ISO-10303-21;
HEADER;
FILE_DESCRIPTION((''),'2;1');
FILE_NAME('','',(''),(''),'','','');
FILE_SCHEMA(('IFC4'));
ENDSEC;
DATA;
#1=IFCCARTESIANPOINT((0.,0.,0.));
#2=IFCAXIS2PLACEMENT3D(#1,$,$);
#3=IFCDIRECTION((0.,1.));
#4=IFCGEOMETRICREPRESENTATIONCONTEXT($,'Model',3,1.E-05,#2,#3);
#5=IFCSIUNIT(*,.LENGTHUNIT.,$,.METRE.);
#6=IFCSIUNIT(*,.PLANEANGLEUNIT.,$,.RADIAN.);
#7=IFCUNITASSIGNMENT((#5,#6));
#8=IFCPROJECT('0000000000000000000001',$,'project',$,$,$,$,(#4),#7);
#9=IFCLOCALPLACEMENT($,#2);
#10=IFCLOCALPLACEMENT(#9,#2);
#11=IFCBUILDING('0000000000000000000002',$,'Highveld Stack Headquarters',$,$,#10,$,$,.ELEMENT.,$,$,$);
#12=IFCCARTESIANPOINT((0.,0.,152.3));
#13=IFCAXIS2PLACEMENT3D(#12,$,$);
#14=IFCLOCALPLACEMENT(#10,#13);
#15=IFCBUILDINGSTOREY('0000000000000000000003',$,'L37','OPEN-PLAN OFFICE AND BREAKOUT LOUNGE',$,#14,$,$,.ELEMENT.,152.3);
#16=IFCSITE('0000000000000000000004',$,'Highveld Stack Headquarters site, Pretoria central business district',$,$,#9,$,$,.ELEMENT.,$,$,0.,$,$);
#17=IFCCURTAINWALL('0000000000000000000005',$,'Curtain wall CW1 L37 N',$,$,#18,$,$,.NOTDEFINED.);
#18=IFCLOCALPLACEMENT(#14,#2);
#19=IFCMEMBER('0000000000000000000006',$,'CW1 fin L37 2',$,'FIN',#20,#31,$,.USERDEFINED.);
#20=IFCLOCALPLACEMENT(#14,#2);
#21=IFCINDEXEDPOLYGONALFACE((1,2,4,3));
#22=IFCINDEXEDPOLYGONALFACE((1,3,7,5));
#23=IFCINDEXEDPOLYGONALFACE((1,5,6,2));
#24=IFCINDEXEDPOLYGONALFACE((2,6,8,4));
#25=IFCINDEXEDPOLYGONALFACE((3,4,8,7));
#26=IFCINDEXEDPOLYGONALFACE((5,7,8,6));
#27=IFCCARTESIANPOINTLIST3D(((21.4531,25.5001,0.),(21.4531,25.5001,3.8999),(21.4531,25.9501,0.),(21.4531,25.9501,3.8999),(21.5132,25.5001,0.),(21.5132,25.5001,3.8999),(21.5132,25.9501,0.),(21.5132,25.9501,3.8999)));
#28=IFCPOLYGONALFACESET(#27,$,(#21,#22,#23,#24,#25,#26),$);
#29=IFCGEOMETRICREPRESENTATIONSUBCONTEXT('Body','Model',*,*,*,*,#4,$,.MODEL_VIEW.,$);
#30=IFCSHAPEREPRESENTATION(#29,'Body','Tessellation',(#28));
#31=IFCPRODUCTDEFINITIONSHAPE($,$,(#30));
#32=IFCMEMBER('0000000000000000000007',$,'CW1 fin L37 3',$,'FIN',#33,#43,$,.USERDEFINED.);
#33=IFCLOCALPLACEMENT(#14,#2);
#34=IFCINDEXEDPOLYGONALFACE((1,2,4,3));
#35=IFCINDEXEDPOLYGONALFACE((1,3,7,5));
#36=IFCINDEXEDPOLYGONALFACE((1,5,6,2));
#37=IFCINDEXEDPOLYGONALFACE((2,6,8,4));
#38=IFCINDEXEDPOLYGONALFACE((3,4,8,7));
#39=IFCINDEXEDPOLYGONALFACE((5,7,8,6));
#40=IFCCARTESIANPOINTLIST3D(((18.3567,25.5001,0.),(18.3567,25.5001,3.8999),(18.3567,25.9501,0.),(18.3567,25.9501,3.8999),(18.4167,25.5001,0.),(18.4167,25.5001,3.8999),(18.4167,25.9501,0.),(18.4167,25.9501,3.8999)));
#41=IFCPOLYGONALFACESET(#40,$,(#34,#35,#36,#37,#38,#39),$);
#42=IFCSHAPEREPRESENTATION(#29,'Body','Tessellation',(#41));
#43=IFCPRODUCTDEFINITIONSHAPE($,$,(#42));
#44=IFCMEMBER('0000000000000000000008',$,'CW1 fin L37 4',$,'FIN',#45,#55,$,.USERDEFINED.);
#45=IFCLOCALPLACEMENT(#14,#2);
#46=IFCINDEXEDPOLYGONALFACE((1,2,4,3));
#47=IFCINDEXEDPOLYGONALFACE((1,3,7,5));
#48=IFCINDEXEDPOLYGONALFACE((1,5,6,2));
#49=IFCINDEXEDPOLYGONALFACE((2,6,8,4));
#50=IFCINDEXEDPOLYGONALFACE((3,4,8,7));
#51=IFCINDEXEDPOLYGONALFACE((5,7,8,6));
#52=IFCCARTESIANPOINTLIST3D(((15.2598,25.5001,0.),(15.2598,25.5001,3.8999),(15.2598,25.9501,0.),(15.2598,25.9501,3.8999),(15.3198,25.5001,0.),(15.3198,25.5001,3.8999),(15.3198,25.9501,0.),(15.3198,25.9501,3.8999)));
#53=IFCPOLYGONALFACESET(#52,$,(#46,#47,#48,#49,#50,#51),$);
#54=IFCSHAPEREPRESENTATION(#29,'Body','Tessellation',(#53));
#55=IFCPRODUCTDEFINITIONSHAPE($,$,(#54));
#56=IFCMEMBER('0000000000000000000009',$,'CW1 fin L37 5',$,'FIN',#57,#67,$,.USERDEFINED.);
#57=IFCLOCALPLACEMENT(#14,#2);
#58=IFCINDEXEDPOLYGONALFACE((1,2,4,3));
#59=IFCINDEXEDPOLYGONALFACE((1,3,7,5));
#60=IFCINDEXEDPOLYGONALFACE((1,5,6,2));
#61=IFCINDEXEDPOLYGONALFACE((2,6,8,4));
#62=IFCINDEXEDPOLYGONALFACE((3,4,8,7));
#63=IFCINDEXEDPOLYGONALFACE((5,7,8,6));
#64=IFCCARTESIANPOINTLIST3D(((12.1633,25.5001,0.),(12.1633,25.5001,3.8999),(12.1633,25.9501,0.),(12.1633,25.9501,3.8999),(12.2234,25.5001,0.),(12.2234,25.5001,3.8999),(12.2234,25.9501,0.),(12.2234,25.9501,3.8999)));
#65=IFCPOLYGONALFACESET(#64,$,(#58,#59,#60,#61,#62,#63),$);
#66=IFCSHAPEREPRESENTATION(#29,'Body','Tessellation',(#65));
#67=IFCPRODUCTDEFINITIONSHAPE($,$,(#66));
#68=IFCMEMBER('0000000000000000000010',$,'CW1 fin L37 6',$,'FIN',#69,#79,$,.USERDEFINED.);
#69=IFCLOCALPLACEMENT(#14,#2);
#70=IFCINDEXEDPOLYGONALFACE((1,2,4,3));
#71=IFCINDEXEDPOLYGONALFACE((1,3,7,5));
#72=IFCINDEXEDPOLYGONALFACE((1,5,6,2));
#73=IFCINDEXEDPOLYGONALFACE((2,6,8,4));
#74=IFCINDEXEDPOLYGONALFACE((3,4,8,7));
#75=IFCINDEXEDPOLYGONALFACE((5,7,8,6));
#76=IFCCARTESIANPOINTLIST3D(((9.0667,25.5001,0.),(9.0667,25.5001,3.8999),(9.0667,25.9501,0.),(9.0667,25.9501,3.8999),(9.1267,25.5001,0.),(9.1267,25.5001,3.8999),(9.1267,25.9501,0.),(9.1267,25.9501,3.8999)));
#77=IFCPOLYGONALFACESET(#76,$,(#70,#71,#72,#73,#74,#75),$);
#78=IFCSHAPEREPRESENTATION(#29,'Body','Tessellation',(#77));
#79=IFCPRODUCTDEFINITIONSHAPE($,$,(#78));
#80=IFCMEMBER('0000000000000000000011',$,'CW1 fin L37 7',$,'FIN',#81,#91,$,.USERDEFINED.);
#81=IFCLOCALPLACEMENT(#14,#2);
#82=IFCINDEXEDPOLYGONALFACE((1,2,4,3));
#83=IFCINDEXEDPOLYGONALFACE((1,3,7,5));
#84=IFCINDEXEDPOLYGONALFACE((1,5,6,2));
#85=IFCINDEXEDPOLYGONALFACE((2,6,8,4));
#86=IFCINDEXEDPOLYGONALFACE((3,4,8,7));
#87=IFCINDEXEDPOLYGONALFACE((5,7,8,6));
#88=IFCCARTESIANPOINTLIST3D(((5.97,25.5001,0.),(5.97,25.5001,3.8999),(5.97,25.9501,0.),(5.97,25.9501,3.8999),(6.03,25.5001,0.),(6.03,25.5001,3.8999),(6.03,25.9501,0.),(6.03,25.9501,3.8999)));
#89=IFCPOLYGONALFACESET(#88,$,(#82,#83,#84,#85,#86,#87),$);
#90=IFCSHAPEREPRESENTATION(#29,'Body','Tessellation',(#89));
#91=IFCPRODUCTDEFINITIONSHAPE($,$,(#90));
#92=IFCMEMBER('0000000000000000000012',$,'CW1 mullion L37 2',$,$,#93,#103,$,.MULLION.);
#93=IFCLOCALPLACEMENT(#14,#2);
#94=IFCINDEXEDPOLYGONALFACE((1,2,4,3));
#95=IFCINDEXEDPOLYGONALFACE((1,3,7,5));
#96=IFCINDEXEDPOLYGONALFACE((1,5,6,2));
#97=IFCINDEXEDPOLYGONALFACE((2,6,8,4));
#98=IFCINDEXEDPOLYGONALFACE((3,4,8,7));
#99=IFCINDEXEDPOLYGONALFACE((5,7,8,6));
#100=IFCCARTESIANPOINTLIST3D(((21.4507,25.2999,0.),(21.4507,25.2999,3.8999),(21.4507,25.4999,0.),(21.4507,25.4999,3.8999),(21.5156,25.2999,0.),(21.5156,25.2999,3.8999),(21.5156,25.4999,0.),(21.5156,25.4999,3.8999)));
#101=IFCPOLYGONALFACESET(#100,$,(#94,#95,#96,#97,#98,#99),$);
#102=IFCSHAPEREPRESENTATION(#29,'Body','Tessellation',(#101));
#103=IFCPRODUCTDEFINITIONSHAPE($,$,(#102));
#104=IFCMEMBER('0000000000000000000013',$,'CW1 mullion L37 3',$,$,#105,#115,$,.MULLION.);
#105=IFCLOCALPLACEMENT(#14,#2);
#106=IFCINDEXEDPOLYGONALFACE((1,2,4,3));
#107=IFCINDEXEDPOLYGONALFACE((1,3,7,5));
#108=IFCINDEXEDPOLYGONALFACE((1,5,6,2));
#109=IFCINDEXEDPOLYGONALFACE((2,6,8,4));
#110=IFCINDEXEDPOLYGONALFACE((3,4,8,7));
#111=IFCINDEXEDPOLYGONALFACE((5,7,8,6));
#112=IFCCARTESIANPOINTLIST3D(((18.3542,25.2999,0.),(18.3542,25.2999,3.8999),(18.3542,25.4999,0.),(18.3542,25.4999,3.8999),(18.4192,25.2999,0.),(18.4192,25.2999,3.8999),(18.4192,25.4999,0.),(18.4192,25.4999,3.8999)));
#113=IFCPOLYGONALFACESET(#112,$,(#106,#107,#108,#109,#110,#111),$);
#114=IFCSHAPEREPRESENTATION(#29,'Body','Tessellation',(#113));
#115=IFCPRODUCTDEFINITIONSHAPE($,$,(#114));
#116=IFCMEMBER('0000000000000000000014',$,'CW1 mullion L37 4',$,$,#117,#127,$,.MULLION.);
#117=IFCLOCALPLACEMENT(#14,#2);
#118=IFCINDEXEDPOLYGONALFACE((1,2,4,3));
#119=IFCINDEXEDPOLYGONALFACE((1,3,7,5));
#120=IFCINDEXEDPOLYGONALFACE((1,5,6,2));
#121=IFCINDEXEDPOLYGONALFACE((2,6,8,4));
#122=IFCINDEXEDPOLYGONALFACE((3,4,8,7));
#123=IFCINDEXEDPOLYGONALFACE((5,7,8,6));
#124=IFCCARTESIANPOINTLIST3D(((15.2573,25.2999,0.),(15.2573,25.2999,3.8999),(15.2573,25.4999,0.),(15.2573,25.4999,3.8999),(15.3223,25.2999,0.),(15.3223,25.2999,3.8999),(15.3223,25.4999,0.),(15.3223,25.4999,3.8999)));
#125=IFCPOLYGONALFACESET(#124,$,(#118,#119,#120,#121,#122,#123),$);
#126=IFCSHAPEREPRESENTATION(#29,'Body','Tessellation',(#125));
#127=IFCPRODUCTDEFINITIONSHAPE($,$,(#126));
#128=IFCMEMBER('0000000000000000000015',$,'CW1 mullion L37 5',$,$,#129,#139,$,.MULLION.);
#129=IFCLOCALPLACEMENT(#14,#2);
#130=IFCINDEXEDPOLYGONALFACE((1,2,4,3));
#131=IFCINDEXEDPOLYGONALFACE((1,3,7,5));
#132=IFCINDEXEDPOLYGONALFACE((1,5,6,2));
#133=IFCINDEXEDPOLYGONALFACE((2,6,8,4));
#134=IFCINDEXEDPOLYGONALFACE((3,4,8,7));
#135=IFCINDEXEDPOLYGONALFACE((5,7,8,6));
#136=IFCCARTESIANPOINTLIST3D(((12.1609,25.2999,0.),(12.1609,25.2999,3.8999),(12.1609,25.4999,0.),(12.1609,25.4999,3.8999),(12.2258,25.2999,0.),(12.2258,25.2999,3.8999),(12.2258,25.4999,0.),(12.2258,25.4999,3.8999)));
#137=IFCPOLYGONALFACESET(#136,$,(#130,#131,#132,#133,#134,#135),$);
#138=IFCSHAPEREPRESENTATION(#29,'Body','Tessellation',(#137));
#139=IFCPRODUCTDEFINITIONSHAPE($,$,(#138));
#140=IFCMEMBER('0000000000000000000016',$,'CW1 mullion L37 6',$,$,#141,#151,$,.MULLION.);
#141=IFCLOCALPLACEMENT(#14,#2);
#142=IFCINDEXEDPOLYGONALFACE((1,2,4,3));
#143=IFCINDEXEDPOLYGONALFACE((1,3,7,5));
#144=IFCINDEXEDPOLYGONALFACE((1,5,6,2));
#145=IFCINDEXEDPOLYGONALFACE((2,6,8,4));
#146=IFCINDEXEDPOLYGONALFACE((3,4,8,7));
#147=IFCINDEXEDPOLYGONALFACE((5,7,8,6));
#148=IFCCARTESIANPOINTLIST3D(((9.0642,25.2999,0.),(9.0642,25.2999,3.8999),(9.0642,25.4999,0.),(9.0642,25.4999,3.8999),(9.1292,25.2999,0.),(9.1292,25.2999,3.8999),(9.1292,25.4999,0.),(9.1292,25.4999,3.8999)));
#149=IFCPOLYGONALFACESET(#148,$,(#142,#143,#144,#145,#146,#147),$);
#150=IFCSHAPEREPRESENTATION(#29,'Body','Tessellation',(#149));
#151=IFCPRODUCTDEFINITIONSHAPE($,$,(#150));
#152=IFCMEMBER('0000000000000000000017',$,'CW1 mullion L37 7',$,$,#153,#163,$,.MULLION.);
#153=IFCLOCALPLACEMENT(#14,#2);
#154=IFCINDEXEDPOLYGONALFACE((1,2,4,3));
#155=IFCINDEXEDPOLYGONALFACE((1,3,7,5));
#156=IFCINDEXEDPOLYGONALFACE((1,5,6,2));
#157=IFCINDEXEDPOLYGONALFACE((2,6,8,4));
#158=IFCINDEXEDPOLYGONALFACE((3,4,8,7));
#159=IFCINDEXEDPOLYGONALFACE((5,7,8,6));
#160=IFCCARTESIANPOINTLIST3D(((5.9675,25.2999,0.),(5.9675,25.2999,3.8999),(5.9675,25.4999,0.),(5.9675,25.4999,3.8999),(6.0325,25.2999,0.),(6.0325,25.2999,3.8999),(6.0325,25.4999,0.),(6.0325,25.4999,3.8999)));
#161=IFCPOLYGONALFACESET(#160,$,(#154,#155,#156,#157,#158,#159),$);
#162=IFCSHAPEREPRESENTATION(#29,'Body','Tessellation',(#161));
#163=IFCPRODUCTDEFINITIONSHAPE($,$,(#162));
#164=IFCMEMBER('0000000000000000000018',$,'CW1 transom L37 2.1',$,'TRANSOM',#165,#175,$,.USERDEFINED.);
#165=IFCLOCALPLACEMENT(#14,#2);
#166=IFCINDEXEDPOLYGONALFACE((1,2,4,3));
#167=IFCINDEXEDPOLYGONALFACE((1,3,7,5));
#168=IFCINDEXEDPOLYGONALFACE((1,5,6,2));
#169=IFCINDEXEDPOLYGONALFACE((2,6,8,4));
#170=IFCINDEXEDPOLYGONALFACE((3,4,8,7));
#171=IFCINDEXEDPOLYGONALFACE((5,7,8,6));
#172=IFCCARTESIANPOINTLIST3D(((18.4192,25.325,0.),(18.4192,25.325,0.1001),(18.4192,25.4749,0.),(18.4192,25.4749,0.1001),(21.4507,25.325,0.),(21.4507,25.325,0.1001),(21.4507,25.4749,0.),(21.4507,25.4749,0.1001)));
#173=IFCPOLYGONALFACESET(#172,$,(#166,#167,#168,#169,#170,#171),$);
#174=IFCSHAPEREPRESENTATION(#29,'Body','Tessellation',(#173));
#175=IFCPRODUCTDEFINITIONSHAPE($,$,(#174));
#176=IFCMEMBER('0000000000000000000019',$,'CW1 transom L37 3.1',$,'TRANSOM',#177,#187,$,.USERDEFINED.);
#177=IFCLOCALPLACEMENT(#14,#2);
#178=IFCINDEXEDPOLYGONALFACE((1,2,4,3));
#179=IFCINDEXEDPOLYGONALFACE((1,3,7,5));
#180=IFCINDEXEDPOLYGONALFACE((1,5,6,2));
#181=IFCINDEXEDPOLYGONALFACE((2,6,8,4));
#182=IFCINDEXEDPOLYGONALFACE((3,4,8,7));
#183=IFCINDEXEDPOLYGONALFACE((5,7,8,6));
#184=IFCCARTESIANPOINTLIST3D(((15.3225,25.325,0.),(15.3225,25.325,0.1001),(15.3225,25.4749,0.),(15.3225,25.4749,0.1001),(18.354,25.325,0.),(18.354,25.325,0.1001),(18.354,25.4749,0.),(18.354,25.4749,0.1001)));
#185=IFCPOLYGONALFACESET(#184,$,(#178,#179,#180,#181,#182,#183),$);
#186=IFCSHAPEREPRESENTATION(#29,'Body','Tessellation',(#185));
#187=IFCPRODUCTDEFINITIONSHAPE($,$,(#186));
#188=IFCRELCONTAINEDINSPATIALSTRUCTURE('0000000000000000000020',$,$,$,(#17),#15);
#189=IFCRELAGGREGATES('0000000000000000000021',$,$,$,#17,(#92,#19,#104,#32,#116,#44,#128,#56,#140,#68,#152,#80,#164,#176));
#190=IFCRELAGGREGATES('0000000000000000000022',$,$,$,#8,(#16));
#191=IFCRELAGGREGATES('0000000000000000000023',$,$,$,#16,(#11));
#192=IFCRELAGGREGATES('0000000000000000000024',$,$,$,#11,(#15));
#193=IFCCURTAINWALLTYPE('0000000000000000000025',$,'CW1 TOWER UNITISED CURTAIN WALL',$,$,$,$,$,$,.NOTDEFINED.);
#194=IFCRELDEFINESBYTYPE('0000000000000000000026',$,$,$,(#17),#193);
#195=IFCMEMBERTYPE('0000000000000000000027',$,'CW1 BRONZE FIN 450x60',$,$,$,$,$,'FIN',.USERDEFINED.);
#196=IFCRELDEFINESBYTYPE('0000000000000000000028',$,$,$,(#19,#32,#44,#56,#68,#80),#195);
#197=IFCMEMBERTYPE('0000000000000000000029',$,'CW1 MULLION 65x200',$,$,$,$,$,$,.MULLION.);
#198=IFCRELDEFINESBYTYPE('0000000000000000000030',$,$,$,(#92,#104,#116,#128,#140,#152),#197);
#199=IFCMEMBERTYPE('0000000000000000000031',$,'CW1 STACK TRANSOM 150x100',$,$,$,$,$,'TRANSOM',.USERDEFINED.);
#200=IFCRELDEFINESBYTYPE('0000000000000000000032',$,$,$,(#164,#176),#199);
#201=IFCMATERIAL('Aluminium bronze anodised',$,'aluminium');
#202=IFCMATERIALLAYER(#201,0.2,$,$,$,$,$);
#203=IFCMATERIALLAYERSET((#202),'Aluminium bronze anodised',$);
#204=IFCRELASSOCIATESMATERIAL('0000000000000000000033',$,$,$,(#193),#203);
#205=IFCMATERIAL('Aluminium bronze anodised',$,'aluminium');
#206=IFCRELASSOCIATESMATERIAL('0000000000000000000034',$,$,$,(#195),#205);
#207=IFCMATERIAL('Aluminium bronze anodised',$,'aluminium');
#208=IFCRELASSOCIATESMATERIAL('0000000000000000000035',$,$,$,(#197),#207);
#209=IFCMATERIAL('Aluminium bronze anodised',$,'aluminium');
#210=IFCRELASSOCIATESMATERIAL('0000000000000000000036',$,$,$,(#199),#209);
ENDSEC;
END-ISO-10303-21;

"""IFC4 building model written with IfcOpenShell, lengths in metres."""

from ifc_helpers import new_model, si_unit, direction, frame, origin, origin_2d, place, context, subcontext, project, spatial, rectangle, extrude, material, layer, layer_set, material_profile, profile_set, type_object, element, aggregate, save


model = new_model("IFC4")

# Units and contexts
model_context = context("Model", 3, precision=1e-05, world=origin(), true_north=direction((0.0, 1.0)))
body_context = subcontext(model_context, "Body", "Model", "MODEL_VIEW")
ifc_project = project(units=[si_unit("LENGTHUNIT", "METRE"), si_unit("PLANEANGLEUNIT", "RADIAN")], contexts=[model_context])

# Site, building, storey
site_placement = place(None, origin())
site = spatial("IfcSite", under=ifc_project, at=site_placement, Name="Highveld Stack Headquarters site, Pretoria central business district", CompositionType="ELEMENT", RefElevation=0.0)
building_placement = place(site_placement, origin())
building = spatial("IfcBuilding", under=site, at=building_placement, Name="Highveld Stack Headquarters", CompositionType="ELEMENT")
storey_placement = place(building_placement, frame((0.0, 0.0, 152.3)))
storey = spatial("IfcBuildingStorey", under=building, at=storey_placement, Name="L37", Description="OPEN-PLAN OFFICE AND BREAKOUT LOUNGE", CompositionType="ELEMENT", Elevation=152.3)

# Curtain wall, members
ifc_material_1 = material(Name="Aluminium bronze anodised", Category="aluminium")
ifc_layer_1 = layer(ifc_material_1, 0.2)
ifc_layer_set_1 = layer_set([ifc_layer_1], Name="Aluminium bronze anodised")
curtain_wall_type = type_object("IfcCurtainWallType", Name="CW1 TOWER UNITISED CURTAIN WALL", PredefinedType="NOTDEFINED", material=ifc_layer_set_1)
curtain_wall_placement = place(storey_placement, origin())
curtain_wall = element("IfcCurtainWall", 1, at=curtain_wall_placement, inside=storey, type_object=curtain_wall_type, Name="Curtain wall CW1 L37 N", PredefinedType="NOTDEFINED")
ifc_material_2 = material(Name="Aluminium bronze anodised", Category="aluminium")
ifc_material_profile_1 = material_profile(ifc_material_2, rectangle(XDim=0.45, YDim=0.0601, at=origin_2d()), Name="FIN 450x60")
ifc_profile_set_1 = profile_set([ifc_material_profile_1], Name="Aluminium bronze anodised")
member_type_1 = type_object("IfcMemberType", Name="CW1 BRONZE FIN 450x60", ElementType="FIN", PredefinedType="USERDEFINED", material=ifc_profile_set_1)
member_1_placement = place(storey_placement, frame((21.4832, 25.7251, 0.0), z_axis=(0.0, 0.0, 1.0), x_axis=(0.0, -1.0, 0.0)))
member_1 = element("IfcMember", 2, at=member_1_placement, type_object=member_type_1, Name="CW1 fin L37 2", ObjectType="FIN", PredefinedType="USERDEFINED", context=body_context, shape_type="SweptSolid", body=[
    extrude(rectangle(XDim=0.45, YDim=0.0601, at=origin_2d()), origin(), (0.0, 0.0, 1.0), 3.8999),
])
member_2_placement = place(storey_placement, frame((18.3867, 25.7251, 0.0), z_axis=(0.0, 0.0, 1.0), x_axis=(0.0, -1.0, 0.0)))
member_2 = element("IfcMember", 3, at=member_2_placement, type_object=member_type_1, Name="CW1 fin L37 3", ObjectType="FIN", PredefinedType="USERDEFINED", context=body_context, shape_type="SweptSolid", body=[
    extrude(rectangle(XDim=0.45, YDim=0.0601, at=origin_2d()), origin(), (0.0, 0.0, 1.0), 3.8999),
])
member_3_placement = place(storey_placement, frame((15.2898, 25.7251, 0.0), z_axis=(0.0, 0.0, 1.0), x_axis=(0.0, -1.0, 0.0)))
member_3 = element("IfcMember", 4, at=member_3_placement, type_object=member_type_1, Name="CW1 fin L37 4", ObjectType="FIN", PredefinedType="USERDEFINED", context=body_context, shape_type="SweptSolid", body=[
    extrude(rectangle(XDim=0.45, YDim=0.0601, at=origin_2d()), origin(), (0.0, 0.0, 1.0), 3.8999),
])
member_4_placement = place(storey_placement, frame((12.1934, 25.7251, 0.0), z_axis=(0.0, 0.0, 1.0), x_axis=(0.0, -1.0, 0.0)))
member_4 = element("IfcMember", 5, at=member_4_placement, type_object=member_type_1, Name="CW1 fin L37 5", ObjectType="FIN", PredefinedType="USERDEFINED", context=body_context, shape_type="SweptSolid", body=[
    extrude(rectangle(XDim=0.45, YDim=0.0601, at=origin_2d()), origin(), (0.0, 0.0, 1.0), 3.8999),
])
member_5_placement = place(storey_placement, frame((9.0967, 25.7251, 0.0), z_axis=(0.0, 0.0, 1.0), x_axis=(0.0, -1.0, 0.0)))
member_5 = element("IfcMember", 6, at=member_5_placement, type_object=member_type_1, Name="CW1 fin L37 6", ObjectType="FIN", PredefinedType="USERDEFINED", context=body_context, shape_type="SweptSolid", body=[
    extrude(rectangle(XDim=0.45, YDim=0.0601, at=origin_2d()), origin(), (0.0, 0.0, 1.0), 3.8999),
])
member_6_placement = place(storey_placement, frame((6.0, 25.7251, 0.0), z_axis=(0.0, 0.0, 1.0), x_axis=(0.0, -1.0, 0.0)))
member_6 = element("IfcMember", 7, at=member_6_placement, type_object=member_type_1, Name="CW1 fin L37 7", ObjectType="FIN", PredefinedType="USERDEFINED", context=body_context, shape_type="SweptSolid", body=[
    extrude(rectangle(XDim=0.45, YDim=0.0601, at=origin_2d()), origin(), (0.0, 0.0, 1.0), 3.8999),
])
ifc_material_3 = material(Name="Aluminium bronze anodised", Category="aluminium")
ifc_material_profile_2 = material_profile(ifc_material_3, rectangle(XDim=0.2, YDim=0.0649, at=origin_2d()), Name="CW1 MULLION 65x200")
ifc_profile_set_2 = profile_set([ifc_material_profile_2], Name="Aluminium bronze anodised")
member_type_2 = type_object("IfcMemberType", Name="CW1 MULLION 65x200", PredefinedType="MULLION", material=ifc_profile_set_2)
member_7_placement = place(storey_placement, frame((21.4832, 25.3999, 0.0), z_axis=(0.0, 0.0, 1.0), x_axis=(0.0, -1.0, 0.0)))
member_7 = element("IfcMember", 8, at=member_7_placement, type_object=member_type_2, Name="CW1 mullion L37 2", PredefinedType="MULLION", context=body_context, shape_type="SweptSolid", body=[
    extrude(rectangle(XDim=0.2, YDim=0.0649, at=origin_2d()), origin(), (0.0, 0.0, 1.0), 3.8999),
])
member_8_placement = place(storey_placement, frame((18.3867, 25.3999, 0.0), z_axis=(0.0, 0.0, 1.0), x_axis=(0.0, -1.0, 0.0)))
member_8 = element("IfcMember", 9, at=member_8_placement, type_object=member_type_2, Name="CW1 mullion L37 3", PredefinedType="MULLION", context=body_context, shape_type="SweptSolid", body=[
    extrude(rectangle(XDim=0.2, YDim=0.0649, at=origin_2d()), origin(), (0.0, 0.0, 1.0), 3.8999),
])
member_9_placement = place(storey_placement, frame((15.2898, 25.3999, 0.0), z_axis=(0.0, 0.0, 1.0), x_axis=(0.0, -1.0, 0.0)))
member_9 = element("IfcMember", 10, at=member_9_placement, type_object=member_type_2, Name="CW1 mullion L37 4", PredefinedType="MULLION", context=body_context, shape_type="SweptSolid", body=[
    extrude(rectangle(XDim=0.2, YDim=0.0649, at=origin_2d()), origin(), (0.0, 0.0, 1.0), 3.8999),
])
member_10_placement = place(storey_placement, frame((12.1934, 25.3999, 0.0), z_axis=(0.0, 0.0, 1.0), x_axis=(0.0, -1.0, 0.0)))
member_10 = element("IfcMember", 11, at=member_10_placement, type_object=member_type_2, Name="CW1 mullion L37 5", PredefinedType="MULLION", context=body_context, shape_type="SweptSolid", body=[
    extrude(rectangle(XDim=0.2, YDim=0.0649, at=origin_2d()), origin(), (0.0, 0.0, 1.0), 3.8999),
])
member_11_placement = place(storey_placement, frame((9.0967, 25.3999, 0.0), z_axis=(0.0, 0.0, 1.0), x_axis=(0.0, -1.0, 0.0)))
member_11 = element("IfcMember", 12, at=member_11_placement, type_object=member_type_2, Name="CW1 mullion L37 6", PredefinedType="MULLION", context=body_context, shape_type="SweptSolid", body=[
    extrude(rectangle(XDim=0.2, YDim=0.0649, at=origin_2d()), origin(), (0.0, 0.0, 1.0), 3.8999),
])
member_12_placement = place(storey_placement, frame((6.0, 25.3999, 0.0), z_axis=(0.0, 0.0, 1.0), x_axis=(0.0, -1.0, 0.0)))
member_12 = element("IfcMember", 13, at=member_12_placement, type_object=member_type_2, Name="CW1 mullion L37 7", PredefinedType="MULLION", context=body_context, shape_type="SweptSolid", body=[
    extrude(rectangle(XDim=0.2, YDim=0.0649, at=origin_2d()), origin(), (0.0, 0.0, 1.0), 3.8999),
])
ifc_material_4 = material(Name="Aluminium bronze anodised", Category="aluminium")
ifc_material_profile_3 = material_profile(ifc_material_4, rectangle(XDim=0.1499, YDim=0.1001, at=origin_2d()), Name="CW1 TRANSOM 150x100")
ifc_profile_set_3 = profile_set([ifc_material_profile_3], Name="Aluminium bronze anodised")
member_type_3 = type_object("IfcMemberType", Name="CW1 STACK TRANSOM 150x100", ElementType="TRANSOM", PredefinedType="USERDEFINED", material=ifc_profile_set_3)
member_13_placement = place(storey_placement, frame((21.4507, 25.3999, 0.05), z_axis=(-1.0, 0.0, 0.0), x_axis=(0.0, -1.0, 0.0)))
member_13 = element("IfcMember", 14, at=member_13_placement, type_object=member_type_3, Name="CW1 transom L37 2.1", ObjectType="TRANSOM", PredefinedType="USERDEFINED", context=body_context, shape_type="SweptSolid", body=[
    extrude(rectangle(XDim=0.1499, YDim=0.1001, at=origin_2d()), origin(), (0.0, 0.0, 1.0), 3.0315),
])
member_14_placement = place(storey_placement, frame((18.354, 25.3999, 0.05), z_axis=(-1.0, 0.0, 0.0), x_axis=(0.0, -1.0, 0.0)))
member_14 = element("IfcMember", 15, at=member_14_placement, type_object=member_type_3, Name="CW1 transom L37 3.1", ObjectType="TRANSOM", PredefinedType="USERDEFINED", context=body_context, shape_type="SweptSolid", body=[
    extrude(rectangle(XDim=0.1499, YDim=0.1001, at=origin_2d()), origin(), (0.0, 0.0, 1.0), 3.0315),
])
aggregate(curtain_wall, [member_7, member_1, member_8, member_2, member_9, member_3, member_10, member_4, member_11, member_5, member_12, member_6, member_13, member_14])

save(model, "model.ifc")
